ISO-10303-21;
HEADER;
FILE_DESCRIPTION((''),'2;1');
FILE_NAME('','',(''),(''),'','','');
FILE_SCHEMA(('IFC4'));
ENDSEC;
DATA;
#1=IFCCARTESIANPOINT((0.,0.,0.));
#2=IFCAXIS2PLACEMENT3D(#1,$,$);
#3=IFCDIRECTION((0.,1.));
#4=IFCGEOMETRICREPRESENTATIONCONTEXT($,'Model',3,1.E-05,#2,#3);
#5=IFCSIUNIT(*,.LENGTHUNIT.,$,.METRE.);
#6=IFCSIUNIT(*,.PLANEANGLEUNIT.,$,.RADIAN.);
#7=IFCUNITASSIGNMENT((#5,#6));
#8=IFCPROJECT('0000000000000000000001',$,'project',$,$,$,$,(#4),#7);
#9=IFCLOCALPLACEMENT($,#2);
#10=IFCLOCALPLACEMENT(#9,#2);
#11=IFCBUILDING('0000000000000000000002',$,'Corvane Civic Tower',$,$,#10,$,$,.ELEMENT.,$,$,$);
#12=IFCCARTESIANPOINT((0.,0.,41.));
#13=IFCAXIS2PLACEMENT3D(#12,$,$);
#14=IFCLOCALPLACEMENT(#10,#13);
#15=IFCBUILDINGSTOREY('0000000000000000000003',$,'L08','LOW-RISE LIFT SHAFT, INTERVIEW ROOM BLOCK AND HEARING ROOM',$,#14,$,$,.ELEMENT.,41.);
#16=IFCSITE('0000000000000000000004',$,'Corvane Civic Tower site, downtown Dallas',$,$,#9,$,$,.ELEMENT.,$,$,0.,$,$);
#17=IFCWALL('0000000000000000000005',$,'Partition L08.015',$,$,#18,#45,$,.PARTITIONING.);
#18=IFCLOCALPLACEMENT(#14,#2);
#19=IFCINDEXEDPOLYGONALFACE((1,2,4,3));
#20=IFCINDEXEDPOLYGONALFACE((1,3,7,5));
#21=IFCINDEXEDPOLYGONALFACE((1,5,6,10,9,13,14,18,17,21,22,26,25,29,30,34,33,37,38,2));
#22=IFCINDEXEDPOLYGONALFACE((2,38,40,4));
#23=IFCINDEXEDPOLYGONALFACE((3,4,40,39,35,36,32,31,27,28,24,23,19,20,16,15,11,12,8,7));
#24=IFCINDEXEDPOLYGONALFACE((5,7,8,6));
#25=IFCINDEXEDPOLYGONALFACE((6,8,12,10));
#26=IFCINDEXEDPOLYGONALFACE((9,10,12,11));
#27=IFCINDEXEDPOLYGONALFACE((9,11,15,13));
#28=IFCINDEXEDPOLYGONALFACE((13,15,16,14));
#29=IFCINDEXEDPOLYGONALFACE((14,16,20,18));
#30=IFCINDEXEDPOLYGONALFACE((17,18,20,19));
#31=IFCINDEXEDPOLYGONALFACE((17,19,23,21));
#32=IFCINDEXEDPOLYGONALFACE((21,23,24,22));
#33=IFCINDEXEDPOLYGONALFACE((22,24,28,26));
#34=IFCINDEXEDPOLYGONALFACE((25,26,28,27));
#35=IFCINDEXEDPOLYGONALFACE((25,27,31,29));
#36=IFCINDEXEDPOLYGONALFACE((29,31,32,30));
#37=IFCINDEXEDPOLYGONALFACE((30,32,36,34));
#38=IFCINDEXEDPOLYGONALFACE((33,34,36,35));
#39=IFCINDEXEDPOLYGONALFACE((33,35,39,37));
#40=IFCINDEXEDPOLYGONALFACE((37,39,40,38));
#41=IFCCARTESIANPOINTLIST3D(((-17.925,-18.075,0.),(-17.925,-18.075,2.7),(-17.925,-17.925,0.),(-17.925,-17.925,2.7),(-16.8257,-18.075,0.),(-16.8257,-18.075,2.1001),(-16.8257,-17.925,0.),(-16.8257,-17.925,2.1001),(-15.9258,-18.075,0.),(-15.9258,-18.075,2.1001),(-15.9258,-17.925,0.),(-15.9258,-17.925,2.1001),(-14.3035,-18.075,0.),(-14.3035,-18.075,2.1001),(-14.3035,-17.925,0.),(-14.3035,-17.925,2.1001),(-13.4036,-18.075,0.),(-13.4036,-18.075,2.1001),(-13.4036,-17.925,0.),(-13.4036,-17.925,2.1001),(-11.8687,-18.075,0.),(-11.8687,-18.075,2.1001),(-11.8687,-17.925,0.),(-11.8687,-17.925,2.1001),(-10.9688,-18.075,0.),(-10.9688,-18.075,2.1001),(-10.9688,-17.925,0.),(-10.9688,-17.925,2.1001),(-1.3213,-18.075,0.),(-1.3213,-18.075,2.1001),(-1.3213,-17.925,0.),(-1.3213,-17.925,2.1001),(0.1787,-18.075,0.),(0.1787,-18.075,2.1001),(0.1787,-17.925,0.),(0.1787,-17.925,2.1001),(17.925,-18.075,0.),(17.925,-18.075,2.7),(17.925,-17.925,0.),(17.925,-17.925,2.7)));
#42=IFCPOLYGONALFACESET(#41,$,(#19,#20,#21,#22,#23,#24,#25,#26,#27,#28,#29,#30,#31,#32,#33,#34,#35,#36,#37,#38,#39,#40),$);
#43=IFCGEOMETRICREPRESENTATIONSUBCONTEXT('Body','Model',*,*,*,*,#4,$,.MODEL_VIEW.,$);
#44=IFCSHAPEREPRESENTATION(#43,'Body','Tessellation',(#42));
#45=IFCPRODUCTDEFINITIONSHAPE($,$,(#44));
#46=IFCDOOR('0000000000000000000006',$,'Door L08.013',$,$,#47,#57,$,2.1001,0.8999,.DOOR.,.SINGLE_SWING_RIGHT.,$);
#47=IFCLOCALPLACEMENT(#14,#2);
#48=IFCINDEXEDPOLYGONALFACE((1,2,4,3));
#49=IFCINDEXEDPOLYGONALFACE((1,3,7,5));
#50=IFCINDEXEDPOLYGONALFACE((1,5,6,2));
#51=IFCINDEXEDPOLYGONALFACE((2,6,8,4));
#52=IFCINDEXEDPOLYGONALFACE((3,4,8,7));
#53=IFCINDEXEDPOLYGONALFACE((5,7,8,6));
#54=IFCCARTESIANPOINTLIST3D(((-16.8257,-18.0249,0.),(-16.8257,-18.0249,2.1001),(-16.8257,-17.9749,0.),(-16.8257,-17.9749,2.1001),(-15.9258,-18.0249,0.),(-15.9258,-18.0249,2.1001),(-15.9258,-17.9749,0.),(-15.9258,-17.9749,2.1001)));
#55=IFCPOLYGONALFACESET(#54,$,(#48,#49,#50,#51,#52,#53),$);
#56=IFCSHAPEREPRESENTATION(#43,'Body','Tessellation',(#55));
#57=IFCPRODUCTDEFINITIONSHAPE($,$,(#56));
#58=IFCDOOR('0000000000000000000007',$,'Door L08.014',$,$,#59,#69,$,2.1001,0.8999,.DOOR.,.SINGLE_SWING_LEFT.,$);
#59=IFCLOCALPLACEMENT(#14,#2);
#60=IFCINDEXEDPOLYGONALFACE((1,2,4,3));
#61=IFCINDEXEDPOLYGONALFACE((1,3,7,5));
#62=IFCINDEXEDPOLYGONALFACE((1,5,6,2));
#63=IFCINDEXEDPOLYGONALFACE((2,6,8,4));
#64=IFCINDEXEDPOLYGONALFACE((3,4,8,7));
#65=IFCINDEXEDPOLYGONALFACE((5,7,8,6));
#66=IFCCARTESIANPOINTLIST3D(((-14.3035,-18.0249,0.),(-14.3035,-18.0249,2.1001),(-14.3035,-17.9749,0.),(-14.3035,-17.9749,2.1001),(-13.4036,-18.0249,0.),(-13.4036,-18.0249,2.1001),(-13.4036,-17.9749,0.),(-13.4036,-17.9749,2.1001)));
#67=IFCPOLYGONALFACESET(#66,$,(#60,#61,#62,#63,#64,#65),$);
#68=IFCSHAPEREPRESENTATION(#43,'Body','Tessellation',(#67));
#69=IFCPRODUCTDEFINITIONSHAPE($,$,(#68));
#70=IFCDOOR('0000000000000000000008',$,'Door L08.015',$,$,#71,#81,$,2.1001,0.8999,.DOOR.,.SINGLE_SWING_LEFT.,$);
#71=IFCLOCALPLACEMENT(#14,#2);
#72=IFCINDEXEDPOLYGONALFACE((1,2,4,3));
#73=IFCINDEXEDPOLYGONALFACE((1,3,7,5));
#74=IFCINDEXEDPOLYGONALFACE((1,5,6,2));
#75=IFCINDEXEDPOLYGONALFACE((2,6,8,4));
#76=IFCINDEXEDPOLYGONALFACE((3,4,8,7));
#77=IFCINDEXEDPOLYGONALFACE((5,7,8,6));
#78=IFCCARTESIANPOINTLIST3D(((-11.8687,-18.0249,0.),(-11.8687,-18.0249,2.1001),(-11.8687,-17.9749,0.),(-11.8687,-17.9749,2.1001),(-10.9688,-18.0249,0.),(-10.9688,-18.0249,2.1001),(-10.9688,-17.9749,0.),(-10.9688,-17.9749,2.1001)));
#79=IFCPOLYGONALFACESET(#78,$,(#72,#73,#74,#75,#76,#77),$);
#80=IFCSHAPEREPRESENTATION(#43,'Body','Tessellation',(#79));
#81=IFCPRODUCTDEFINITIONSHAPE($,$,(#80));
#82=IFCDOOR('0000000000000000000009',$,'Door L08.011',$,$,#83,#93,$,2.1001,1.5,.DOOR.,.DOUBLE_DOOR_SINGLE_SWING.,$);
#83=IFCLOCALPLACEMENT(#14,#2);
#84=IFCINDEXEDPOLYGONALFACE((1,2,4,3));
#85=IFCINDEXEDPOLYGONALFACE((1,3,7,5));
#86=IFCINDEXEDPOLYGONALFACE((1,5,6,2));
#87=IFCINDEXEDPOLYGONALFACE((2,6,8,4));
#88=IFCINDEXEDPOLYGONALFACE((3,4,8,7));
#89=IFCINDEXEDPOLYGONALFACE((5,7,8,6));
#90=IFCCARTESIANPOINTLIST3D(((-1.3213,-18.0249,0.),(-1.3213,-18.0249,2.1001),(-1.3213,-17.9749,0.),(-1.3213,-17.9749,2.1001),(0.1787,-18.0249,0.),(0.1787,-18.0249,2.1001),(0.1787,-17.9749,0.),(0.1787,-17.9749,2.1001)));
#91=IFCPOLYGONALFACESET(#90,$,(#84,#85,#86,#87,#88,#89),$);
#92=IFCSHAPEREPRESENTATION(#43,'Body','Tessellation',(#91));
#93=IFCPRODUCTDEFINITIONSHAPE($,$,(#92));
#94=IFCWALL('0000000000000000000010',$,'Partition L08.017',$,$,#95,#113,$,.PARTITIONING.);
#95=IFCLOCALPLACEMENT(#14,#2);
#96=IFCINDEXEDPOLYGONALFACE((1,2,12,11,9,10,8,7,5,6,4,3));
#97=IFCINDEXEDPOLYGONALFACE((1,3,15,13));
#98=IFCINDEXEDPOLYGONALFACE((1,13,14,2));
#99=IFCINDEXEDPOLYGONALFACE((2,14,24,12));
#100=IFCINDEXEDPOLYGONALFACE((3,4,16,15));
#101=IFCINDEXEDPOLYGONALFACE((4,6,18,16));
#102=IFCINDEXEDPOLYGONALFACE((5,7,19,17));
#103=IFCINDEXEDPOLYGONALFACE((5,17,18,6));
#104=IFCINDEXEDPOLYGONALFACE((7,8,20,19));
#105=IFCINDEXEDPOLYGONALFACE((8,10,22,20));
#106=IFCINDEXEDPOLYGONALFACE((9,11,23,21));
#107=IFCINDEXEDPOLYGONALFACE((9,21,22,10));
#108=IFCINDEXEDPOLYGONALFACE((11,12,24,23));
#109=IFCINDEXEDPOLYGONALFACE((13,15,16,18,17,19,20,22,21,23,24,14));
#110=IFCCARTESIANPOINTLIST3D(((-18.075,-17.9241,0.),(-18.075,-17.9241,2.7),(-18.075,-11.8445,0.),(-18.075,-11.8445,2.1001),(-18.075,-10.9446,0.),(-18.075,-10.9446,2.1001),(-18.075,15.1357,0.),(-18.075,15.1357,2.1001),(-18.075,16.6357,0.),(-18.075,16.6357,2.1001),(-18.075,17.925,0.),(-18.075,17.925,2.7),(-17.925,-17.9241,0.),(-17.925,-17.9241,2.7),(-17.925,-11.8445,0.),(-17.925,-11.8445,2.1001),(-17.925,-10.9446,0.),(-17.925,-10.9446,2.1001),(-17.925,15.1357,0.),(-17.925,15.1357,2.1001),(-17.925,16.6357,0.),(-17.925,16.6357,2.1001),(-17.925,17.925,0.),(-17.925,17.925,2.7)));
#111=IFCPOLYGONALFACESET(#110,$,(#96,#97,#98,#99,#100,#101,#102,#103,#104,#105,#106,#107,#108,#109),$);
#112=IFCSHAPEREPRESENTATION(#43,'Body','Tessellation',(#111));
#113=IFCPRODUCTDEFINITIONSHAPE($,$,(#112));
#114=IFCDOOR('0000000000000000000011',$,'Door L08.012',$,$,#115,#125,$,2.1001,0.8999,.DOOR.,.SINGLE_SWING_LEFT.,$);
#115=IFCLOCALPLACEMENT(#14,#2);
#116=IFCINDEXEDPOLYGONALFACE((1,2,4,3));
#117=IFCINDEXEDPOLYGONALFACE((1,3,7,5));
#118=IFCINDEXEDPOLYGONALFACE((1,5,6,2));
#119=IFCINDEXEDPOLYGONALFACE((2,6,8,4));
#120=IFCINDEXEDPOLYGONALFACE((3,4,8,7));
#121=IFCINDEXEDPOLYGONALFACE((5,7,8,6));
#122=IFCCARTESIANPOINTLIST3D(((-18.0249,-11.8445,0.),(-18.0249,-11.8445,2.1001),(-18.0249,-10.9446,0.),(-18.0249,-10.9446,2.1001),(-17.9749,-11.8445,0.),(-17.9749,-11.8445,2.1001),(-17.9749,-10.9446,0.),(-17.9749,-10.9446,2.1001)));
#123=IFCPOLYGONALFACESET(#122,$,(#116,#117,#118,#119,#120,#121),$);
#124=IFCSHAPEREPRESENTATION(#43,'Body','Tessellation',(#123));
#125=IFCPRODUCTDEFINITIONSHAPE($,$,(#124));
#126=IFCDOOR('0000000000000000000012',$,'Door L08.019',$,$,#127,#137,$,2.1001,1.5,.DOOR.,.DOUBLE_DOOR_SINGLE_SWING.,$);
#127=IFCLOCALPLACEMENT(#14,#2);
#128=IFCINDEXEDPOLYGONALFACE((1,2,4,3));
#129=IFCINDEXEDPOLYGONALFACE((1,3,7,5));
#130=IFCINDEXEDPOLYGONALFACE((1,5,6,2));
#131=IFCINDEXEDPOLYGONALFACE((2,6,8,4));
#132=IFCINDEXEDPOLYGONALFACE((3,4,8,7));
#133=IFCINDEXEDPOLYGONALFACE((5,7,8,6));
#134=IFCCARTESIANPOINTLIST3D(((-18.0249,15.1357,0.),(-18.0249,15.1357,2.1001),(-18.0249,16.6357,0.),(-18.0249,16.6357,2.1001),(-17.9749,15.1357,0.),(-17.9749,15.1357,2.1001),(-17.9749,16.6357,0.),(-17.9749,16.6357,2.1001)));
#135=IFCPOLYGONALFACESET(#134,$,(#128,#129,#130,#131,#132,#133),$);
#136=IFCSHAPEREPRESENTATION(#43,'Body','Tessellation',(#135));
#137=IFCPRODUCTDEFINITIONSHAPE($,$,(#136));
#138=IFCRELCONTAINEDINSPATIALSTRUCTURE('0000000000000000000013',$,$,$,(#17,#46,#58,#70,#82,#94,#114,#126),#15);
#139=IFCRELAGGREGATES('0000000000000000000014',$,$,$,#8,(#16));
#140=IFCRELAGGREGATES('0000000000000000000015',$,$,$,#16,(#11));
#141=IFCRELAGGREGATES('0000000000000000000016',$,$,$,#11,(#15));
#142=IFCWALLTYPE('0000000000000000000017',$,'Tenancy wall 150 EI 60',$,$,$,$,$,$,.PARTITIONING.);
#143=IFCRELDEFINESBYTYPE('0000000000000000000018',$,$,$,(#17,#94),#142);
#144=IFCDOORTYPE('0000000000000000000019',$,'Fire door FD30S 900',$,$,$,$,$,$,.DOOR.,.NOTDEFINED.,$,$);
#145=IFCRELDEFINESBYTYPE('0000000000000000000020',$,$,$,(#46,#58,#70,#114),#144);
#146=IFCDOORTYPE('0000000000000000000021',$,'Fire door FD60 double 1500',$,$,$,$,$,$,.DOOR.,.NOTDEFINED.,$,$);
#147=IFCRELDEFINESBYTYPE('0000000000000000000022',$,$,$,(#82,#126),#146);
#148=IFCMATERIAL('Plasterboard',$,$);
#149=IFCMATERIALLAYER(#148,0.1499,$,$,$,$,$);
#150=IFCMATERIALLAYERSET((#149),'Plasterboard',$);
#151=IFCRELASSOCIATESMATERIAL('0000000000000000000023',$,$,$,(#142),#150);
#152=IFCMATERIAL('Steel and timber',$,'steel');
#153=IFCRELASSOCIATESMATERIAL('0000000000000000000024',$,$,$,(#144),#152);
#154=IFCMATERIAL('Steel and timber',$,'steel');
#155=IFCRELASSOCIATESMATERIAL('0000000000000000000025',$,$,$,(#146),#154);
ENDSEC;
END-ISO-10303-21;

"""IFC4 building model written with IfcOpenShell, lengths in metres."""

from ifc_helpers import new_model, si_unit, direction, frame, frame_2d, origin, place, context, subcontext, project, spatial, rectangle, extrude, material, layer, layer_set, type_object, element, fill, save


model = new_model("IFC4")

# Units and contexts
model_context = context("Model", 3, precision=1e-05, world=origin(), true_north=direction((0.0, 1.0)))
body_context = subcontext(model_context, "Body", "Model", "MODEL_VIEW")
ifc_project = project(units=[si_unit("LENGTHUNIT", "METRE"), si_unit("PLANEANGLEUNIT", "RADIAN")], contexts=[model_context])

# Site, building, storey
site_placement = place(None, origin())
site = spatial("IfcSite", under=ifc_project, at=site_placement, Name="Corvane Civic Tower site, downtown Dallas", CompositionType="ELEMENT", RefElevation=0.0)
building_placement = place(site_placement, origin())
building = spatial("IfcBuilding", under=site, at=building_placement, Name="Corvane Civic Tower", CompositionType="ELEMENT")
storey_placement = place(building_placement, frame((0.0, 0.0, 41.0)))
storey = spatial("IfcBuildingStorey", under=building, at=storey_placement, Name="L08", Description="LOW-RISE LIFT SHAFT, INTERVIEW ROOM BLOCK AND HEARING ROOM", CompositionType="ELEMENT", Elevation=41.0)

# Walls, openings, doors
ifc_material_1 = material(Name="Plasterboard")
ifc_layer_1 = layer(ifc_material_1, 0.1499)
ifc_layer_set_1 = layer_set([ifc_layer_1], Name="Plasterboard")
wall_type_1 = type_object("IfcWallType", Name="Tenancy wall 150 EI 60", PredefinedType="PARTITIONING", material=ifc_layer_set_1)
wall_1_placement = place(storey_placement, frame((-17.925, -18.0, 0.0), z_axis=(0.0, 0.0, 1.0), x_axis=(1.0, 0.0, 0.0)))
wall_1 = element("IfcWall", 1, at=wall_1_placement, inside=storey, type_object=wall_type_1, Name="Partition L08.015", PredefinedType="PARTITIONING", context=body_context, shape_type="SweptSolid", body=[
    extrude(rectangle(XDim=35.8501, YDim=0.1499, at=frame_2d((17.925, 0.0))), origin(), (0.0, 0.0, 1.0), 2.7),
])
opening_1_placement = place(wall_1_placement, frame((16.6038, 0.0, 0.0)))
opening_1 = element("IfcOpeningElement", 2, at=opening_1_placement, cuts=wall_1, PredefinedType="OPENING", context=body_context, shape_type="SweptSolid", body=[
    extrude(rectangle(XDim=1.5, YDim=2.1001, at=frame_2d((0.75, 1.05))), frame((0.0, 0.085, 0.0), z_axis=(0.0, -1.0, 0.0), x_axis=(1.0, 0.0, 0.0)), (0.0, 0.0, 1.0), 0.1699),
])
opening_2_placement = place(wall_1_placement, frame((1.0994, 0.0, 0.0)))
opening_2 = element("IfcOpeningElement", 3, at=opening_2_placement, cuts=wall_1, PredefinedType="OPENING", context=body_context, shape_type="SweptSolid", body=[
    extrude(rectangle(XDim=0.8999, YDim=2.1001, at=frame_2d((0.45, 1.05))), frame((0.0, 0.085, 0.0), z_axis=(0.0, -1.0, 0.0), x_axis=(1.0, 0.0, 0.0)), (0.0, 0.0, 1.0), 0.1699),
])
opening_3_placement = place(wall_1_placement, frame((3.6216, 0.0, 0.0)))
opening_3 = element("IfcOpeningElement", 4, at=opening_3_placement, cuts=wall_1, PredefinedType="OPENING", context=body_context, shape_type="SweptSolid", body=[
    extrude(rectangle(XDim=0.8999, YDim=2.1001, at=frame_2d((0.45, 1.05))), frame((0.0, 0.085, 0.0), z_axis=(0.0, -1.0, 0.0), x_axis=(1.0, 0.0, 0.0)), (0.0, 0.0, 1.0), 0.1699),
])
opening_4_placement = place(wall_1_placement, frame((6.0564, 0.0, 0.0)))
opening_4 = element("IfcOpeningElement", 5, at=opening_4_placement, cuts=wall_1, PredefinedType="OPENING", context=body_context, shape_type="SweptSolid", body=[
    extrude(rectangle(XDim=0.8999, YDim=2.1001, at=frame_2d((0.45, 1.05))), frame((0.0, 0.085, 0.0), z_axis=(0.0, -1.0, 0.0), x_axis=(1.0, 0.0, 0.0)), (0.0, 0.0, 1.0), 0.1699),
])
ifc_material_2 = material(Name="Steel and timber", Category="steel")
door_type_1 = type_object("IfcDoorType", Name="Fire door FD30S 900", OperationType="NOTDEFINED", PredefinedType="DOOR", material=ifc_material_2)
door_1_placement = place(opening_2_placement, frame((0.8999, 0.0, 0.0), z_axis=(0.0, 0.0, 1.0), x_axis=(-1.0, 0.0, 0.0)))
door_1 = element("IfcDoor", 6, at=door_1_placement, inside=storey, type_object=door_type_1, Name="Door L08.013", OperationType="SINGLE_SWING_RIGHT", OverallHeight=2.1001, OverallWidth=0.8999, PredefinedType="DOOR", context=body_context, shape_type="SweptSolid", body=[
    extrude(rectangle(XDim=0.8999, YDim=2.1001, at=frame_2d((0.45, 1.05))), frame((0.0, 0.0249, 0.0), z_axis=(0.0, -1.0, 0.0), x_axis=(1.0, 0.0, 0.0)), (0.0, 0.0, 1.0), 0.05),
])
fill(opening_2, door_1)
door_2_placement = place(opening_3_placement, frame((0.8999, 0.0, 0.0), z_axis=(0.0, 0.0, 1.0), x_axis=(-1.0, 0.0, 0.0)))
door_2 = element("IfcDoor", 7, at=door_2_placement, inside=storey, type_object=door_type_1, Name="Door L08.014", OperationType="SINGLE_SWING_LEFT", OverallHeight=2.1001, OverallWidth=0.8999, PredefinedType="DOOR", context=body_context, shape_type="SweptSolid", body=[
    extrude(rectangle(XDim=0.8999, YDim=2.1001, at=frame_2d((0.45, 1.05))), frame((0.0, 0.0249, 0.0), z_axis=(0.0, -1.0, 0.0), x_axis=(1.0, 0.0, 0.0)), (0.0, 0.0, 1.0), 0.05),
])
fill(opening_3, door_2)
door_3_placement = place(opening_4_placement, frame((0.8999, 0.0, 0.0), z_axis=(0.0, 0.0, 1.0), x_axis=(-1.0, 0.0, 0.0)))
door_3 = element("IfcDoor", 8, at=door_3_placement, inside=storey, type_object=door_type_1, Name="Door L08.015", OperationType="SINGLE_SWING_LEFT", OverallHeight=2.1001, OverallWidth=0.8999, PredefinedType="DOOR", context=body_context, shape_type="SweptSolid", body=[
    extrude(rectangle(XDim=0.8999, YDim=2.1001, at=frame_2d((0.45, 1.05))), frame((0.0, 0.0249, 0.0), z_axis=(0.0, -1.0, 0.0), x_axis=(1.0, 0.0, 0.0)), (0.0, 0.0, 1.0), 0.05),
])
fill(opening_4, door_3)
ifc_material_3 = material(Name="Steel and timber", Category="steel")
door_type_2 = type_object("IfcDoorType", Name="Fire door FD60 double 1500", OperationType="NOTDEFINED", PredefinedType="DOOR", material=ifc_material_3)
door_4_placement = place(opening_1_placement, frame((1.5, 0.0, 0.0), z_axis=(0.0, 0.0, 1.0), x_axis=(-1.0, 0.0, 0.0)))
door_4 = element("IfcDoor", 9, at=door_4_placement, inside=storey, type_object=door_type_2, Name="Door L08.011", OperationType="DOUBLE_DOOR_SINGLE_SWING", OverallHeight=2.1001, OverallWidth=1.5, PredefinedType="DOOR", context=body_context, shape_type="SweptSolid", body=[
    extrude(rectangle(XDim=1.5, YDim=2.1001, at=frame_2d((0.75, 1.05))), frame((0.0, 0.0249, 0.0), z_axis=(0.0, -1.0, 0.0), x_axis=(1.0, 0.0, 0.0)), (0.0, 0.0, 1.0), 0.05),
])
fill(opening_1, door_4)
wall_2_placement = place(storey_placement, frame((-18.0, -17.9241, 0.0), z_axis=(0.0, 0.0, 1.0), x_axis=(0.0, 1.0, 0.0)))
wall_2 = element("IfcWall", 10, at=wall_2_placement, inside=storey, type_object=wall_type_1, Name="Partition L08.017", PredefinedType="PARTITIONING", context=body_context, shape_type="SweptSolid", body=[
    extrude(rectangle(XDim=35.8491, YDim=0.1499, at=frame_2d((17.9246, 0.0))), origin(), (0.0, 0.0, 1.0), 2.7),
])
opening_5_placement = place(wall_2_placement, frame((6.0796, 0.0, 0.0)))
opening_5 = element("IfcOpeningElement", 11, at=opening_5_placement, cuts=wall_2, PredefinedType="OPENING", context=body_context, shape_type="SweptSolid", body=[
    extrude(rectangle(XDim=0.8999, YDim=2.1001, at=frame_2d((0.45, 1.05))), frame((0.0, 0.085, 0.0), z_axis=(0.0, -1.0, 0.0), x_axis=(1.0, 0.0, 0.0)), (0.0, 0.0, 1.0), 0.1699),
])
opening_6_placement = place(wall_2_placement, frame((33.0598, 0.0, 0.0)))
opening_6 = element("IfcOpeningElement", 12, at=opening_6_placement, cuts=wall_2, PredefinedType="OPENING", context=body_context, shape_type="SweptSolid", body=[
    extrude(rectangle(XDim=1.5, YDim=2.1001, at=frame_2d((0.75, 1.05))), frame((0.0, 0.085, 0.0), z_axis=(0.0, -1.0, 0.0), x_axis=(1.0, 0.0, 0.0)), (0.0, 0.0, 1.0), 0.1699),
])
door_5_placement = place(opening_5_placement, origin())
door_5 = element("IfcDoor", 13, at=door_5_placement, inside=storey, type_object=door_type_1, Name="Door L08.012", OperationType="SINGLE_SWING_LEFT", OverallHeight=2.1001, OverallWidth=0.8999, PredefinedType="DOOR", context=body_context, shape_type="SweptSolid", body=[
    extrude(rectangle(XDim=0.8999, YDim=2.1001, at=frame_2d((0.45, 1.05))), frame((0.0, 0.0249, 0.0), z_axis=(0.0, -1.0, 0.0), x_axis=(1.0, 0.0, 0.0)), (0.0, 0.0, 1.0), 0.05),
])
fill(opening_5, door_5)
door_6_placement = place(opening_6_placement, origin())
door_6 = element("IfcDoor", 14, at=door_6_placement, inside=storey, type_object=door_type_2, Name="Door L08.019", OperationType="DOUBLE_DOOR_SINGLE_SWING", OverallHeight=2.1001, OverallWidth=1.5, PredefinedType="DOOR", context=body_context, shape_type="SweptSolid", body=[
    extrude(rectangle(XDim=1.5, YDim=2.1001, at=frame_2d((0.75, 1.05))), frame((0.0, 0.0249, 0.0), z_axis=(0.0, -1.0, 0.0), x_axis=(1.0, 0.0, 0.0)), (0.0, 0.0, 1.0), 0.05),
])
fill(opening_6, door_6)

save(model, "model.ifc")
